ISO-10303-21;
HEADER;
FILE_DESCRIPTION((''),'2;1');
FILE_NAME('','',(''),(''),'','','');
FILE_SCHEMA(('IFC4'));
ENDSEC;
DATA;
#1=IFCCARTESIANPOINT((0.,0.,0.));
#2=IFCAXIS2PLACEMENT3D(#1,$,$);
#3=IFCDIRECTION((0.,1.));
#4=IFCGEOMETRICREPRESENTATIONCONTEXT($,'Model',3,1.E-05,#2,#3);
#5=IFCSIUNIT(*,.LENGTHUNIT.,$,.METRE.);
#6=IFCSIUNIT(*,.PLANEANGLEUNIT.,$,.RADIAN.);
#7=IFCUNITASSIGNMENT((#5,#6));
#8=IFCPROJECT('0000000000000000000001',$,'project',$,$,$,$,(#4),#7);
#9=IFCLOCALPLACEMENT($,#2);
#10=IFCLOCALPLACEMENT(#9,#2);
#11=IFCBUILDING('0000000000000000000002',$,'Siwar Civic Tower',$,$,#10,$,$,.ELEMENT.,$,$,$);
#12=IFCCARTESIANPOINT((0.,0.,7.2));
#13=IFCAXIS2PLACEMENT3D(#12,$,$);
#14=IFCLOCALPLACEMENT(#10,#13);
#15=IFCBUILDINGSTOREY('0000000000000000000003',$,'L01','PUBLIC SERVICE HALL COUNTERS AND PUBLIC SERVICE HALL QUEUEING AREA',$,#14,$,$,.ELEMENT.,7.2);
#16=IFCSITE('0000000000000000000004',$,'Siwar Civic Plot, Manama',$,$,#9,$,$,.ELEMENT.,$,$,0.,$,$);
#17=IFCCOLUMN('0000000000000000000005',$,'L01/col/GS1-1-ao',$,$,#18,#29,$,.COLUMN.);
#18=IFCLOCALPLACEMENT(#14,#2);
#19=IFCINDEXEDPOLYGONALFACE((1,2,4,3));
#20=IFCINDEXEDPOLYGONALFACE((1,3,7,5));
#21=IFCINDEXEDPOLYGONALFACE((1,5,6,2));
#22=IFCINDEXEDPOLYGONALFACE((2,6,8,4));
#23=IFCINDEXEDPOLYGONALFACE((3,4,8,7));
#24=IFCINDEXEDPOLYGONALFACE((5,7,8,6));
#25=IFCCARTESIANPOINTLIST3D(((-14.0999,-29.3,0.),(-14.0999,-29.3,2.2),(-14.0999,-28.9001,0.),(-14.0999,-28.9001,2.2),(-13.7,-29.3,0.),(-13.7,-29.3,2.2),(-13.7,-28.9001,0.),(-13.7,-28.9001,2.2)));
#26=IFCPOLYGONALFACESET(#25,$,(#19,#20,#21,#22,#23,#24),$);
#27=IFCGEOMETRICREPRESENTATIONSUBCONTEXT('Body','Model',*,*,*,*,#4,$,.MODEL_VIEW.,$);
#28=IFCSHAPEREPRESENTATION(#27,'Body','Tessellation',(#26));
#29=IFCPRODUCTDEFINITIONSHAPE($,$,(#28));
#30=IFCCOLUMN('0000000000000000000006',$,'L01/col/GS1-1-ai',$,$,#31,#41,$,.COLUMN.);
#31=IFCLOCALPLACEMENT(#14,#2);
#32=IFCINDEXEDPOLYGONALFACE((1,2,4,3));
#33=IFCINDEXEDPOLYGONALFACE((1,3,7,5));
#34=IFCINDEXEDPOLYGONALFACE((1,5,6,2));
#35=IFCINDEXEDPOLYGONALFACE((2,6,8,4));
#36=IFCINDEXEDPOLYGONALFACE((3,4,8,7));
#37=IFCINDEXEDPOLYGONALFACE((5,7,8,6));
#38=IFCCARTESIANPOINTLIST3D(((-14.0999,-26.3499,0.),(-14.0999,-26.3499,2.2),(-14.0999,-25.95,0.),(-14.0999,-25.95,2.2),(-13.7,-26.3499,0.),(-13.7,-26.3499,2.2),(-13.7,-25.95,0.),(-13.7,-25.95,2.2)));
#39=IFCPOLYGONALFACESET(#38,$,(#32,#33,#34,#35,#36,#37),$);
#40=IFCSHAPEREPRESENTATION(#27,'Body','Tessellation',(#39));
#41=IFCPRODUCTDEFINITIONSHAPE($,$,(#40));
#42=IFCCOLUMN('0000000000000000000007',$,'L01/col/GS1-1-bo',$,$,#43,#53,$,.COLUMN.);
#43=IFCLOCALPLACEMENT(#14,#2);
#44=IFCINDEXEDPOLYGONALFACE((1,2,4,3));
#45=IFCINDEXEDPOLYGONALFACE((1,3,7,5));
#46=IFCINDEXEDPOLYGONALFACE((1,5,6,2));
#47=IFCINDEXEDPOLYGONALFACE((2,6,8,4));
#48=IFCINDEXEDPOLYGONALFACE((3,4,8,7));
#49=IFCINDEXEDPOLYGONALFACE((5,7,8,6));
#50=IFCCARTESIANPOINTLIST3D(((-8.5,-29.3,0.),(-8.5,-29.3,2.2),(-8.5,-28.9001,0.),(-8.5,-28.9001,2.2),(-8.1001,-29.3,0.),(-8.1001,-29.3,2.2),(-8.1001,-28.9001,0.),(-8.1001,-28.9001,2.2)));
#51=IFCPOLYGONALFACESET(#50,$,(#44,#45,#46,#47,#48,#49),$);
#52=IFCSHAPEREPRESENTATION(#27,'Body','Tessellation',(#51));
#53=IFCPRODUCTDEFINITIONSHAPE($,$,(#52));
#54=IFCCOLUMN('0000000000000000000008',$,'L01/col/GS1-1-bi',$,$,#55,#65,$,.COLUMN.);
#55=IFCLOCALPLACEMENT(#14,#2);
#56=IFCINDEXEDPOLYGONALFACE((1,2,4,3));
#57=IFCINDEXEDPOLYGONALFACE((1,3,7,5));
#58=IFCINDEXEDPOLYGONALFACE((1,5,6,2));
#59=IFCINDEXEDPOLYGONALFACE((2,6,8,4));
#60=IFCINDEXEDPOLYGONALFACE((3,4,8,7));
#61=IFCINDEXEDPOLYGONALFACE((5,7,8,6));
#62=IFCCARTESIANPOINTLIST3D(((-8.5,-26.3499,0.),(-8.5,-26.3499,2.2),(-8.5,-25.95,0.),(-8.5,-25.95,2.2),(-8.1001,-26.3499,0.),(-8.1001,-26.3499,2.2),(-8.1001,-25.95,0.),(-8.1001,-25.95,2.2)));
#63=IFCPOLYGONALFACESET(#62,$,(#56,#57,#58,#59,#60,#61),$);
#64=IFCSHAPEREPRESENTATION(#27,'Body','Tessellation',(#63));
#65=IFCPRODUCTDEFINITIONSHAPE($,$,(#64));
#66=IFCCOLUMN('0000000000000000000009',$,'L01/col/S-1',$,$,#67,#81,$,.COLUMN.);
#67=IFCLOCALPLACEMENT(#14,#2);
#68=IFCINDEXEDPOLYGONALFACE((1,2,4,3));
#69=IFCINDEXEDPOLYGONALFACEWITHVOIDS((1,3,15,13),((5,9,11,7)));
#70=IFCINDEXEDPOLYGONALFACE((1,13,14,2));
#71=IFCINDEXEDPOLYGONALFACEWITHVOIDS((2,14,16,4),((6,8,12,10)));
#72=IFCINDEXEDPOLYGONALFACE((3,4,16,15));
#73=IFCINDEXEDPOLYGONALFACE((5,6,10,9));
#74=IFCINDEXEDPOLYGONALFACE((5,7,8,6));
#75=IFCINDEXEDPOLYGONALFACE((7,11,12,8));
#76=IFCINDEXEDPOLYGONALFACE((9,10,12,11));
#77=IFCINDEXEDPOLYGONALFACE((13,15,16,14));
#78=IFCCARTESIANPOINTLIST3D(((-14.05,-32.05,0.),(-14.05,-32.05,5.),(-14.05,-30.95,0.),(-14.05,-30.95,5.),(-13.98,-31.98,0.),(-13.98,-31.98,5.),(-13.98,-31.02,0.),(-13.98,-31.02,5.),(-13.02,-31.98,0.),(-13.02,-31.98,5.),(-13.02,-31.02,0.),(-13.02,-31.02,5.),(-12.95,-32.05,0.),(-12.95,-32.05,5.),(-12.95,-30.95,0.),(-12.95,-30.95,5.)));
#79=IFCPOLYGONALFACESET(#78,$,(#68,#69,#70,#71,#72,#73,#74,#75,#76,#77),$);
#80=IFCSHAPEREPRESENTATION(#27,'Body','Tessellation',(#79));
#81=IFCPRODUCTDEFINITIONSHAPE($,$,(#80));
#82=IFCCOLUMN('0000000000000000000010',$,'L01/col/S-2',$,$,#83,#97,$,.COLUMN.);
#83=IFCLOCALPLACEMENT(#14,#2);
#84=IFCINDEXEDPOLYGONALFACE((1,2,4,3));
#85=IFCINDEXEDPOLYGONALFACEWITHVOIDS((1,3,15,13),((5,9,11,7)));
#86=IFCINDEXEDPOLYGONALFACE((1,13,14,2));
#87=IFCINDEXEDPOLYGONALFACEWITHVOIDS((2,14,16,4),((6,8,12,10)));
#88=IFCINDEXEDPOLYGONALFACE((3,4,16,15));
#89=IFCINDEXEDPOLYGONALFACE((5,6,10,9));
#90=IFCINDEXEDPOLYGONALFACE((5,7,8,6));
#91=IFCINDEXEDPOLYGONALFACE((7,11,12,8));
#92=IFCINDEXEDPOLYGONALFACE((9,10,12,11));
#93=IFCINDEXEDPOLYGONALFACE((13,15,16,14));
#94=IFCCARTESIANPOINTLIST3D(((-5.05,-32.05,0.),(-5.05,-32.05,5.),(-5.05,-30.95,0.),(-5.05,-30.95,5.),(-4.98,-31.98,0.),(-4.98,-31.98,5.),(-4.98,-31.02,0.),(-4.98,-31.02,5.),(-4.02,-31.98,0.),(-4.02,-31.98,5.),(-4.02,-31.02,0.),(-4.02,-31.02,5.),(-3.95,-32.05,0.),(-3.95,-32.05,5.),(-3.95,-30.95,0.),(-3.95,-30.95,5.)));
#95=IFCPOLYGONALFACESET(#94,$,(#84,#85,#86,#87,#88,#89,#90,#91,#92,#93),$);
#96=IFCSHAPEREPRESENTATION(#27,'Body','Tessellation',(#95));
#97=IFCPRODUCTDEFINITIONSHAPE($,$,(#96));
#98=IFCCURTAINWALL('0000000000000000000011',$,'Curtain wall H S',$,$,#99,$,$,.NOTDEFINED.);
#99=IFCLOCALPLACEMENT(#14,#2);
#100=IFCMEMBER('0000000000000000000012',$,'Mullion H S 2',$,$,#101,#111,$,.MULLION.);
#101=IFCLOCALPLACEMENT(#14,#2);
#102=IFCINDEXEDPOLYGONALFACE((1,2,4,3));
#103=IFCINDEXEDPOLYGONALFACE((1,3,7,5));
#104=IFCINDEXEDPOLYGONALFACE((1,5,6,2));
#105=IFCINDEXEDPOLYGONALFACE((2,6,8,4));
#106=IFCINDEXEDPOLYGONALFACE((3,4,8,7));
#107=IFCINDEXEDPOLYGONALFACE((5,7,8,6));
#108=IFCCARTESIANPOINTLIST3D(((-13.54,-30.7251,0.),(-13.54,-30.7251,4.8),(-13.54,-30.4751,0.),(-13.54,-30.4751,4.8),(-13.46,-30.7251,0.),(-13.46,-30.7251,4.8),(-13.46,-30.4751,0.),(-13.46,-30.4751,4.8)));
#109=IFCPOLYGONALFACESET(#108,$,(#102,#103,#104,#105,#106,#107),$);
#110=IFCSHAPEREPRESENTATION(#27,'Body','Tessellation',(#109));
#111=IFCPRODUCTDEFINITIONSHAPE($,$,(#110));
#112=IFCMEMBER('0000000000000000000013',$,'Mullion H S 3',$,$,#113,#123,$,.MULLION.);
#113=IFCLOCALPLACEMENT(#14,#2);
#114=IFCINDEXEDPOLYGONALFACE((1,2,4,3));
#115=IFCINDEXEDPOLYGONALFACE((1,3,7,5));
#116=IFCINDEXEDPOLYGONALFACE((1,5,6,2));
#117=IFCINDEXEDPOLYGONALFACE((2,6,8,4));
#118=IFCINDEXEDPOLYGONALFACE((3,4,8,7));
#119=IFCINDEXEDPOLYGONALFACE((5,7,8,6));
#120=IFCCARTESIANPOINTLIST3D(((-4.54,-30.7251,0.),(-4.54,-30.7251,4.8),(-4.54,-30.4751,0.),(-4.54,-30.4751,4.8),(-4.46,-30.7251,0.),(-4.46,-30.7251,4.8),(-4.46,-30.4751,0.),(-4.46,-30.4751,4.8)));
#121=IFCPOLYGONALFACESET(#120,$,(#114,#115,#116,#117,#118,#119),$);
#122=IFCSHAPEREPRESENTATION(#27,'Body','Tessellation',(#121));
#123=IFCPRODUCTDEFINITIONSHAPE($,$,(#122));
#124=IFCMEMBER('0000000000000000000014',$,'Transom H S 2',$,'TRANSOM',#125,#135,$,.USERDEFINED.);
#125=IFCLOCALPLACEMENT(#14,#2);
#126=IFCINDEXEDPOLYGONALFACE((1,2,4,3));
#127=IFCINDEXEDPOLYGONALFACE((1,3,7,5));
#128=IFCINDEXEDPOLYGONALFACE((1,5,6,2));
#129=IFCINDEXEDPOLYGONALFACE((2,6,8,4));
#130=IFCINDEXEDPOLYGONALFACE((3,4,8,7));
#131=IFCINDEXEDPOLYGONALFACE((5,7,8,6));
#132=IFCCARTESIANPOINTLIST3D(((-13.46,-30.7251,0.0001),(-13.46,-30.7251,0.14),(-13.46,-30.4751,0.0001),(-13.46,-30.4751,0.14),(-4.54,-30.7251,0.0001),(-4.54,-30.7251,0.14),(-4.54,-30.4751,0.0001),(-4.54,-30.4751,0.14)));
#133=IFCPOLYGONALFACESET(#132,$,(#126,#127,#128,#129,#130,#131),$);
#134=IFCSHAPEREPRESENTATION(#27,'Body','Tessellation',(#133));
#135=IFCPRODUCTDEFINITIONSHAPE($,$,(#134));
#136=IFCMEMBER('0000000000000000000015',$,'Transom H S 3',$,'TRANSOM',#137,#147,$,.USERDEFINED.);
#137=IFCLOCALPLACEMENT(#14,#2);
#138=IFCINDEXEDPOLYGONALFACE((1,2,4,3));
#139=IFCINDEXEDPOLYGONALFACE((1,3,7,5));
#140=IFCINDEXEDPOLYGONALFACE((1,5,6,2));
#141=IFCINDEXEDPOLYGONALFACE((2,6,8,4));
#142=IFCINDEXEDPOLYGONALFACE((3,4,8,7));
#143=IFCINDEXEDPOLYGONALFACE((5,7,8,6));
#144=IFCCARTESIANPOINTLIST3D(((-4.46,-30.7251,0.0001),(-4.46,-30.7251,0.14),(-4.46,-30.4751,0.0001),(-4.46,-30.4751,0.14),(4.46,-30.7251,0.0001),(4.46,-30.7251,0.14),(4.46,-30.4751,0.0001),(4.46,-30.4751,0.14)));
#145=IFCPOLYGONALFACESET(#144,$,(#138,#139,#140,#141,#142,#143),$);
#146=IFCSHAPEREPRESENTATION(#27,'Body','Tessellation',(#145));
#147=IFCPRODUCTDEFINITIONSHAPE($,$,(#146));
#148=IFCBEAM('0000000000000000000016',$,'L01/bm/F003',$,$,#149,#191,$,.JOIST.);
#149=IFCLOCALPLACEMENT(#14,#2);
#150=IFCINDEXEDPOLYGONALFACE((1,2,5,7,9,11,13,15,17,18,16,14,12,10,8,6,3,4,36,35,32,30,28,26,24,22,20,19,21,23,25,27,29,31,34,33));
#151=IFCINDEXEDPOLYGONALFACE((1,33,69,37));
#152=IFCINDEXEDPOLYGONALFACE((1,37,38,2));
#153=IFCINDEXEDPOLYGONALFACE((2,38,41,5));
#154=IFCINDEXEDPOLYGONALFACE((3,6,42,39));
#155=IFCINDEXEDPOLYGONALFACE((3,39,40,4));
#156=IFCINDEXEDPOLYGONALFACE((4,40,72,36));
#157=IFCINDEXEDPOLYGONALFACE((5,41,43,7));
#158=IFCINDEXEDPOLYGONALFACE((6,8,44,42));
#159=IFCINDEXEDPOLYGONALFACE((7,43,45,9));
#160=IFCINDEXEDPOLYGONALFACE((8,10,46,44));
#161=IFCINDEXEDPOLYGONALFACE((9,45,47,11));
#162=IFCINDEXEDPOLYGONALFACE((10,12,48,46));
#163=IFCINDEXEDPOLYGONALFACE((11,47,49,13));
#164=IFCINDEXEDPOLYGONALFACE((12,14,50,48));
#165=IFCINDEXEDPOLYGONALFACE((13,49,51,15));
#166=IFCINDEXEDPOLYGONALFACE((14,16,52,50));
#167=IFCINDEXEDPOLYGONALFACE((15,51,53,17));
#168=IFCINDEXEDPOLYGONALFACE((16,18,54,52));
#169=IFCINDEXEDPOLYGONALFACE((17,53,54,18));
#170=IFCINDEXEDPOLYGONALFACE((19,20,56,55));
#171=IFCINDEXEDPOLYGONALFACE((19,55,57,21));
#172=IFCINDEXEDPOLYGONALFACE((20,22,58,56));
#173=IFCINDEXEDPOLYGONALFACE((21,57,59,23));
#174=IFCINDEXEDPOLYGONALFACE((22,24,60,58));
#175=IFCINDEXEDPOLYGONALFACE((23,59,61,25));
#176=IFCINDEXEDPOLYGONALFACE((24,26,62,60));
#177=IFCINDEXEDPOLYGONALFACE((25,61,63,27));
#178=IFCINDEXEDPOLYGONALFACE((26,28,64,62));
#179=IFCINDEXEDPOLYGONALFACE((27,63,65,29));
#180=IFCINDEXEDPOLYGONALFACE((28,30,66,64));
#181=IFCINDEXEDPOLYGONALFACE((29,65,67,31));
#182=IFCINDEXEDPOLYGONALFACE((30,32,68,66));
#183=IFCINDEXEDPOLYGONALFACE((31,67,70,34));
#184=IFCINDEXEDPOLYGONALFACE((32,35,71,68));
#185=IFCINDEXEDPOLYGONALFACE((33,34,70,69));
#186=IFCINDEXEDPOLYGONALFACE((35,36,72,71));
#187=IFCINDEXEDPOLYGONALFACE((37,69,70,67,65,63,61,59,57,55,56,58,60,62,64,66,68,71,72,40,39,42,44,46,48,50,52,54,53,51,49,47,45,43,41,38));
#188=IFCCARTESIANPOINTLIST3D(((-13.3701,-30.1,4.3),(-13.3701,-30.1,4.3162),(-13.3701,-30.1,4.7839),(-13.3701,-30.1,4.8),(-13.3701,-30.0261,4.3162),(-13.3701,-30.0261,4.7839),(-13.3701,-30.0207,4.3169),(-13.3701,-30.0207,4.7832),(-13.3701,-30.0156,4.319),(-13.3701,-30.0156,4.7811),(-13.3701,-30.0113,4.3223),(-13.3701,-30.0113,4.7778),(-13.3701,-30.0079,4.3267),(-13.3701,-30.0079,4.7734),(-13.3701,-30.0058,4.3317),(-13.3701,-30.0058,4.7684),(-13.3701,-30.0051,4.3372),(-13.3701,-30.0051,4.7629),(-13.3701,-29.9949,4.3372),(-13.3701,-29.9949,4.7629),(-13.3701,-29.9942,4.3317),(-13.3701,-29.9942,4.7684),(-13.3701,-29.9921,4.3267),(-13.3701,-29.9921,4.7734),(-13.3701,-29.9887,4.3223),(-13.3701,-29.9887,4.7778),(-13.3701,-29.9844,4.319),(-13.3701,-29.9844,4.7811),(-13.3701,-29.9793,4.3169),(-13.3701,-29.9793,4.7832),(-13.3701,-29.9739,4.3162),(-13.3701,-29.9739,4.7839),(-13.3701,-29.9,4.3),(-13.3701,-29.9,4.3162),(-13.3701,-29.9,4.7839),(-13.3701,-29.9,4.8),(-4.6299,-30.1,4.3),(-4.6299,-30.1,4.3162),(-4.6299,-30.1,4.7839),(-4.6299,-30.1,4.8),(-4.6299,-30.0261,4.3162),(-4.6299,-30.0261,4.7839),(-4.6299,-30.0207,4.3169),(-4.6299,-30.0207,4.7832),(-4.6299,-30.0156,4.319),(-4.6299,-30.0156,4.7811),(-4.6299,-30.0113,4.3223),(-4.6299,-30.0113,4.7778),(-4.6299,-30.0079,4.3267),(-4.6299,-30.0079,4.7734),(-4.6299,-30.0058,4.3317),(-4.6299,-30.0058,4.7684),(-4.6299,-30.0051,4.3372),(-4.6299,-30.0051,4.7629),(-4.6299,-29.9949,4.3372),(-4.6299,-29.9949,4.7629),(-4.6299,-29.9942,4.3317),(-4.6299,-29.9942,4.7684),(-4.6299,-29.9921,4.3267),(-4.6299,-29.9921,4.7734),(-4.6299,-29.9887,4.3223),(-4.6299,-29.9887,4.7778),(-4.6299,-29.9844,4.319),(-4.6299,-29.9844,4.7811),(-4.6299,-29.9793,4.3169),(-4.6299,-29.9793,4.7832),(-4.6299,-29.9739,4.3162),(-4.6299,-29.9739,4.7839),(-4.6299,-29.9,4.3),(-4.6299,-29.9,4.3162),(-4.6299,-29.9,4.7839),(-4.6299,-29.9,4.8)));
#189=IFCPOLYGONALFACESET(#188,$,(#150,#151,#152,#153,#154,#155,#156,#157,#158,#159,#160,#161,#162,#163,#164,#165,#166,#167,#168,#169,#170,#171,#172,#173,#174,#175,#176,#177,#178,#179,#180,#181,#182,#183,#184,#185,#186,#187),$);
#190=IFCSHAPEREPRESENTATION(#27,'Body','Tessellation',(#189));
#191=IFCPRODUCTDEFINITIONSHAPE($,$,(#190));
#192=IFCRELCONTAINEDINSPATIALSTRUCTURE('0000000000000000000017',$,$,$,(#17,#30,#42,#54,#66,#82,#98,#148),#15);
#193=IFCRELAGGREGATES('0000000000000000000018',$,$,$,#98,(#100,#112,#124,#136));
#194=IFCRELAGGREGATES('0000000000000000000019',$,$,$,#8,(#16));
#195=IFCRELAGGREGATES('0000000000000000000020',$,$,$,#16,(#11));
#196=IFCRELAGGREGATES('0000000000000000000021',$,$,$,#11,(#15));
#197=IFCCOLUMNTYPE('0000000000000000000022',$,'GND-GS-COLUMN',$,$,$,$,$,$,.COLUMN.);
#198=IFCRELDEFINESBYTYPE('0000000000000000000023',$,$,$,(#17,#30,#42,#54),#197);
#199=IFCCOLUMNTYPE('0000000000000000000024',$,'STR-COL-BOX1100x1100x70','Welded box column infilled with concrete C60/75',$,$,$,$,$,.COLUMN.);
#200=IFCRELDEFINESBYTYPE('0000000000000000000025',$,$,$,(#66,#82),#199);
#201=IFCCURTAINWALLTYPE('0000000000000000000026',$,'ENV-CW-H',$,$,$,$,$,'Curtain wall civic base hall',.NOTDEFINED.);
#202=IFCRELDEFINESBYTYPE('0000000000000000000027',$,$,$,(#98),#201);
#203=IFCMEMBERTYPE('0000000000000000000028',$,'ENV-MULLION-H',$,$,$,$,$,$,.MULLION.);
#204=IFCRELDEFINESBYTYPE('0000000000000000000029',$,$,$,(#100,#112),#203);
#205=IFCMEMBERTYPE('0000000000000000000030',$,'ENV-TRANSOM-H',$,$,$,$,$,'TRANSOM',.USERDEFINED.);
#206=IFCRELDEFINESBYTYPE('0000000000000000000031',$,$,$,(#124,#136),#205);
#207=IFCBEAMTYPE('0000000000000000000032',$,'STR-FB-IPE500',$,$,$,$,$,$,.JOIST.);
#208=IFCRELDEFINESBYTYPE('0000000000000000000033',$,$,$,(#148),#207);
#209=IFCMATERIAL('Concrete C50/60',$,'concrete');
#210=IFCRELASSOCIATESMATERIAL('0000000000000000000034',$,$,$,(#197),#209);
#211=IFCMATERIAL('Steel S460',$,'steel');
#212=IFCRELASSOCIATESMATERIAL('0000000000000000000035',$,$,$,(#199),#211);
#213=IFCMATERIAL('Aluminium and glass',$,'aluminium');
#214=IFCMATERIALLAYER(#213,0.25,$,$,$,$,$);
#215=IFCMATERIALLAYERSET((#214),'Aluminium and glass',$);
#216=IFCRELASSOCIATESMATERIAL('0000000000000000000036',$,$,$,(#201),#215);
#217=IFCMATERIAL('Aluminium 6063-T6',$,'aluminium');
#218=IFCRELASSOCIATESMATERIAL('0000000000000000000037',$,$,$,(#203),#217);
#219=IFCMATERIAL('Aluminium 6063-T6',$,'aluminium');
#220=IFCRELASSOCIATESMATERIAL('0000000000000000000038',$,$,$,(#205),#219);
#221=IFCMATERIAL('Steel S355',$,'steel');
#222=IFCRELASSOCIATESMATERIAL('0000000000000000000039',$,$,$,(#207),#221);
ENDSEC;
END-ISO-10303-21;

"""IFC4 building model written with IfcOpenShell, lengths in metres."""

from ifc_helpers import new_model, si_unit, direction, frame, origin, origin_2d, place, context, subcontext, project, spatial, rectangle, hollow_rectangle, i_section, extrude, material, layer, layer_set, material_profile, profile_set, type_object, element, aggregate, save


model = new_model("IFC4")

# Units and contexts
model_context = context("Model", 3, precision=1e-05, world=origin(), true_north=direction((0.0, 1.0)))
body_context = subcontext(model_context, "Body", "Model", "MODEL_VIEW")
ifc_project = project(units=[si_unit("LENGTHUNIT", "METRE"), si_unit("PLANEANGLEUNIT", "RADIAN")], contexts=[model_context])

# Site, building, storey
site_placement = place(None, origin())
site = spatial("IfcSite", under=ifc_project, at=site_placement, Name="Siwar Civic Plot, Manama", CompositionType="ELEMENT", RefElevation=0.0)
building_placement = place(site_placement, origin())
building = spatial("IfcBuilding", under=site, at=building_placement, Name="Siwar Civic Tower", CompositionType="ELEMENT")
storey_placement = place(building_placement, frame((0.0, 0.0, 7.2)))
storey = spatial("IfcBuildingStorey", under=building, at=storey_placement, Name="L01", Description="PUBLIC SERVICE HALL COUNTERS AND PUBLIC SERVICE HALL QUEUEING AREA", CompositionType="ELEMENT", Elevation=7.2)

# Columns
ifc_material_1 = material(Name="Concrete C50/60", Category="concrete")
ifc_material_profile_1 = material_profile(ifc_material_1, rectangle(XDim=0.3999, YDim=0.3999, at=origin_2d()), Name="RC400x400")
ifc_profile_set_1 = profile_set([ifc_material_profile_1], Name="Concrete C50/60")
column_type_1 = type_object("IfcColumnType", Name="GND-GS-COLUMN", PredefinedType="COLUMN", material=ifc_profile_set_1)
for number, where, z_axis, x_axis, name in (
    (1, (-13.8999, -29.1001, 0.0), (0.0, 0.0, 1.0), (1.0, 0.0, 0.0), "L01/col/GS1-1-ao"),
    (2, (-13.8999, -26.1499, 0.0), (0.0, 0.0, 1.0), (1.0, 0.0, 0.0), "L01/col/GS1-1-ai"),
    (3, (-8.3, -29.1001, 0.0), (0.0, 0.0, 1.0), (1.0, 0.0, 0.0), "L01/col/GS1-1-bo"),
    (4, (-8.3, -26.1499, 0.0), (0.0, 0.0, 1.0), (1.0, 0.0, 0.0), "L01/col/GS1-1-bi"),
):
    element("IfcColumn", number, at=place(storey_placement, frame(where, z_axis=z_axis, x_axis=x_axis)), inside=storey, type_object=column_type_1, Name=name, PredefinedType="COLUMN", context=body_context, shape_type="SweptSolid", body=[
        extrude(rectangle(XDim=0.3999, YDim=0.3999, at=origin_2d()), origin(), (0.0, 0.0, 1.0), 2.2),
    ])
ifc_material_2 = material(Name="Steel S460", Category="steel")
ifc_material_profile_2 = material_profile(ifc_material_2, hollow_rectangle(XDim=1.1001, YDim=1.1001, WallThickness=0.0701, at=origin_2d()), Name="BOX1100x1100x70")
ifc_profile_set_2 = profile_set([ifc_material_profile_2], Name="Steel S460")
column_type_2 = type_object("IfcColumnType", Name="STR-COL-BOX1100x1100x70", Description="Welded box column infilled with concrete C60/75", PredefinedType="COLUMN", material=ifc_profile_set_2)
for number, where, z_axis, x_axis, name in (
    (5, (-13.5, -31.5, 0.0), (0.0, 0.0, 1.0), (1.0, 0.0, 0.0), "L01/col/S-1"),
    (6, (-4.5, -31.5, 0.0), (0.0, 0.0, 1.0), (1.0, 0.0, 0.0), "L01/col/S-2"),
):
    element("IfcColumn", number, at=place(storey_placement, frame(where, z_axis=z_axis, x_axis=x_axis)), inside=storey, type_object=column_type_2, Name=name, PredefinedType="COLUMN", context=body_context, shape_type="SweptSolid", body=[
        extrude(hollow_rectangle(XDim=1.1001, YDim=1.1001, WallThickness=0.0701, at=origin_2d()), origin(), (0.0, 0.0, 1.0), 5.0),
    ])

# Curtain wall, members
ifc_material_3 = material(Name="Aluminium and glass", Category="aluminium")
ifc_layer_1 = layer(ifc_material_3, 0.25)
ifc_layer_set_1 = layer_set([ifc_layer_1], Name="Aluminium and glass")
curtain_wall_type = type_object("IfcCurtainWallType", Name="ENV-CW-H", ElementType="Curtain wall civic base hall", PredefinedType="NOTDEFINED", material=ifc_layer_set_1)
curtain_wall_placement = place(storey_placement, origin())
curtain_wall = element("IfcCurtainWall", 7, at=curtain_wall_placement, inside=storey, type_object=curtain_wall_type, Name="Curtain wall H S", PredefinedType="NOTDEFINED")
ifc_material_4 = material(Name="Aluminium 6063-T6", Category="aluminium")
ifc_material_profile_3 = material_profile(ifc_material_4, rectangle(XDim=0.25, YDim=0.0801, at=origin_2d()), Name="AL 250x80")
ifc_profile_set_3 = profile_set([ifc_material_profile_3], Name="Aluminium 6063-T6")
member_type_1 = type_object("IfcMemberType", Name="ENV-MULLION-H", PredefinedType="MULLION", material=ifc_profile_set_3)
member_1_placement = place(storey_placement, frame((-13.5, -30.6001, 0.0), z_axis=(0.0, 0.0, 1.0), x_axis=(0.0, 1.0, 0.0)))
member_1 = element("IfcMember", 8, at=member_1_placement, type_object=member_type_1, Name="Mullion H S 2", PredefinedType="MULLION", context=body_context, shape_type="SweptSolid", body=[
    extrude(rectangle(XDim=0.25, YDim=0.0801, at=origin_2d()), origin(), (0.0, 0.0, 1.0), 4.8),
])
member_2_placement = place(storey_placement, frame((-4.5, -30.6001, 0.0), z_axis=(0.0, 0.0, 1.0), x_axis=(0.0, 1.0, 0.0)))
member_2 = element("IfcMember", 9, at=member_2_placement, type_object=member_type_1, Name="Mullion H S 3", PredefinedType="MULLION", context=body_context, shape_type="SweptSolid", body=[
    extrude(rectangle(XDim=0.25, YDim=0.0801, at=origin_2d()), origin(), (0.0, 0.0, 1.0), 4.8),
])
ifc_material_5 = material(Name="Aluminium 6063-T6", Category="aluminium")
ifc_material_profile_4 = material_profile(ifc_material_5, rectangle(XDim=0.25, YDim=0.1399, at=origin_2d()), Name="AL 250x140")
ifc_profile_set_4 = profile_set([ifc_material_profile_4], Name="Aluminium 6063-T6")
member_type_2 = type_object("IfcMemberType", Name="ENV-TRANSOM-H", ElementType="TRANSOM", PredefinedType="USERDEFINED", material=ifc_profile_set_4)
member_3_placement = place(storey_placement, frame((-13.46, -30.6001, 0.0701), z_axis=(1.0, 0.0, 0.0), x_axis=(0.0, 1.0, 0.0)))
member_3 = element("IfcMember", 10, at=member_3_placement, type_object=member_type_2, Name="Transom H S 2", ObjectType="TRANSOM", PredefinedType="USERDEFINED", context=body_context, shape_type="SweptSolid", body=[
    extrude(rectangle(XDim=0.25, YDim=0.1399, at=origin_2d()), origin(), (0.0, 0.0, 1.0), 8.9199),
])
member_4_placement = place(storey_placement, frame((-4.46, -30.6001, 0.0701), z_axis=(1.0, 0.0, 0.0), x_axis=(0.0, 1.0, 0.0)))
member_4 = element("IfcMember", 11, at=member_4_placement, type_object=member_type_2, Name="Transom H S 3", ObjectType="TRANSOM", PredefinedType="USERDEFINED", context=body_context, shape_type="SweptSolid", body=[
    extrude(rectangle(XDim=0.25, YDim=0.1399, at=origin_2d()), origin(), (0.0, 0.0, 1.0), 8.9199),
])

# Beam
ifc_material_6 = material(Name="Steel S355", Category="steel")
ifc_material_profile_5 = material_profile(ifc_material_6, i_section(OverallWidth=0.2, OverallDepth=0.5, WebThickness=0.0103, FlangeThickness=0.0161, FilletRadius=0.021, at=origin_2d()), Name="IPE500")
ifc_profile_set_5 = profile_set([ifc_material_profile_5], Name="Steel S355")
beam_type_1 = type_object("IfcBeamType", Name="STR-FB-IPE500", PredefinedType="JOIST", material=ifc_profile_set_5)
for number, where, z_axis, x_axis, name in (
    (12, (-13.3701, -30.0, 4.55), (1.0, 0.0, 0.0), (0.0, 1.0, 0.0), "L01/bm/F003"),
):
    element("IfcBeam", number, at=place(storey_placement, frame(where, z_axis=z_axis, x_axis=x_axis)), inside=storey, type_object=beam_type_1, Name=name, PredefinedType="JOIST", context=body_context, shape_type="SweptSolid", body=[
        extrude(i_section(OverallWidth=0.2, OverallDepth=0.5, WebThickness=0.0103, FlangeThickness=0.0161, FilletRadius=0.021, at=origin_2d()), origin(), (0.0, 0.0, 1.0), 8.7402),
    ])

aggregate(curtain_wall, [member_1, member_2, member_3, member_4])

save(model, "model.ifc")
